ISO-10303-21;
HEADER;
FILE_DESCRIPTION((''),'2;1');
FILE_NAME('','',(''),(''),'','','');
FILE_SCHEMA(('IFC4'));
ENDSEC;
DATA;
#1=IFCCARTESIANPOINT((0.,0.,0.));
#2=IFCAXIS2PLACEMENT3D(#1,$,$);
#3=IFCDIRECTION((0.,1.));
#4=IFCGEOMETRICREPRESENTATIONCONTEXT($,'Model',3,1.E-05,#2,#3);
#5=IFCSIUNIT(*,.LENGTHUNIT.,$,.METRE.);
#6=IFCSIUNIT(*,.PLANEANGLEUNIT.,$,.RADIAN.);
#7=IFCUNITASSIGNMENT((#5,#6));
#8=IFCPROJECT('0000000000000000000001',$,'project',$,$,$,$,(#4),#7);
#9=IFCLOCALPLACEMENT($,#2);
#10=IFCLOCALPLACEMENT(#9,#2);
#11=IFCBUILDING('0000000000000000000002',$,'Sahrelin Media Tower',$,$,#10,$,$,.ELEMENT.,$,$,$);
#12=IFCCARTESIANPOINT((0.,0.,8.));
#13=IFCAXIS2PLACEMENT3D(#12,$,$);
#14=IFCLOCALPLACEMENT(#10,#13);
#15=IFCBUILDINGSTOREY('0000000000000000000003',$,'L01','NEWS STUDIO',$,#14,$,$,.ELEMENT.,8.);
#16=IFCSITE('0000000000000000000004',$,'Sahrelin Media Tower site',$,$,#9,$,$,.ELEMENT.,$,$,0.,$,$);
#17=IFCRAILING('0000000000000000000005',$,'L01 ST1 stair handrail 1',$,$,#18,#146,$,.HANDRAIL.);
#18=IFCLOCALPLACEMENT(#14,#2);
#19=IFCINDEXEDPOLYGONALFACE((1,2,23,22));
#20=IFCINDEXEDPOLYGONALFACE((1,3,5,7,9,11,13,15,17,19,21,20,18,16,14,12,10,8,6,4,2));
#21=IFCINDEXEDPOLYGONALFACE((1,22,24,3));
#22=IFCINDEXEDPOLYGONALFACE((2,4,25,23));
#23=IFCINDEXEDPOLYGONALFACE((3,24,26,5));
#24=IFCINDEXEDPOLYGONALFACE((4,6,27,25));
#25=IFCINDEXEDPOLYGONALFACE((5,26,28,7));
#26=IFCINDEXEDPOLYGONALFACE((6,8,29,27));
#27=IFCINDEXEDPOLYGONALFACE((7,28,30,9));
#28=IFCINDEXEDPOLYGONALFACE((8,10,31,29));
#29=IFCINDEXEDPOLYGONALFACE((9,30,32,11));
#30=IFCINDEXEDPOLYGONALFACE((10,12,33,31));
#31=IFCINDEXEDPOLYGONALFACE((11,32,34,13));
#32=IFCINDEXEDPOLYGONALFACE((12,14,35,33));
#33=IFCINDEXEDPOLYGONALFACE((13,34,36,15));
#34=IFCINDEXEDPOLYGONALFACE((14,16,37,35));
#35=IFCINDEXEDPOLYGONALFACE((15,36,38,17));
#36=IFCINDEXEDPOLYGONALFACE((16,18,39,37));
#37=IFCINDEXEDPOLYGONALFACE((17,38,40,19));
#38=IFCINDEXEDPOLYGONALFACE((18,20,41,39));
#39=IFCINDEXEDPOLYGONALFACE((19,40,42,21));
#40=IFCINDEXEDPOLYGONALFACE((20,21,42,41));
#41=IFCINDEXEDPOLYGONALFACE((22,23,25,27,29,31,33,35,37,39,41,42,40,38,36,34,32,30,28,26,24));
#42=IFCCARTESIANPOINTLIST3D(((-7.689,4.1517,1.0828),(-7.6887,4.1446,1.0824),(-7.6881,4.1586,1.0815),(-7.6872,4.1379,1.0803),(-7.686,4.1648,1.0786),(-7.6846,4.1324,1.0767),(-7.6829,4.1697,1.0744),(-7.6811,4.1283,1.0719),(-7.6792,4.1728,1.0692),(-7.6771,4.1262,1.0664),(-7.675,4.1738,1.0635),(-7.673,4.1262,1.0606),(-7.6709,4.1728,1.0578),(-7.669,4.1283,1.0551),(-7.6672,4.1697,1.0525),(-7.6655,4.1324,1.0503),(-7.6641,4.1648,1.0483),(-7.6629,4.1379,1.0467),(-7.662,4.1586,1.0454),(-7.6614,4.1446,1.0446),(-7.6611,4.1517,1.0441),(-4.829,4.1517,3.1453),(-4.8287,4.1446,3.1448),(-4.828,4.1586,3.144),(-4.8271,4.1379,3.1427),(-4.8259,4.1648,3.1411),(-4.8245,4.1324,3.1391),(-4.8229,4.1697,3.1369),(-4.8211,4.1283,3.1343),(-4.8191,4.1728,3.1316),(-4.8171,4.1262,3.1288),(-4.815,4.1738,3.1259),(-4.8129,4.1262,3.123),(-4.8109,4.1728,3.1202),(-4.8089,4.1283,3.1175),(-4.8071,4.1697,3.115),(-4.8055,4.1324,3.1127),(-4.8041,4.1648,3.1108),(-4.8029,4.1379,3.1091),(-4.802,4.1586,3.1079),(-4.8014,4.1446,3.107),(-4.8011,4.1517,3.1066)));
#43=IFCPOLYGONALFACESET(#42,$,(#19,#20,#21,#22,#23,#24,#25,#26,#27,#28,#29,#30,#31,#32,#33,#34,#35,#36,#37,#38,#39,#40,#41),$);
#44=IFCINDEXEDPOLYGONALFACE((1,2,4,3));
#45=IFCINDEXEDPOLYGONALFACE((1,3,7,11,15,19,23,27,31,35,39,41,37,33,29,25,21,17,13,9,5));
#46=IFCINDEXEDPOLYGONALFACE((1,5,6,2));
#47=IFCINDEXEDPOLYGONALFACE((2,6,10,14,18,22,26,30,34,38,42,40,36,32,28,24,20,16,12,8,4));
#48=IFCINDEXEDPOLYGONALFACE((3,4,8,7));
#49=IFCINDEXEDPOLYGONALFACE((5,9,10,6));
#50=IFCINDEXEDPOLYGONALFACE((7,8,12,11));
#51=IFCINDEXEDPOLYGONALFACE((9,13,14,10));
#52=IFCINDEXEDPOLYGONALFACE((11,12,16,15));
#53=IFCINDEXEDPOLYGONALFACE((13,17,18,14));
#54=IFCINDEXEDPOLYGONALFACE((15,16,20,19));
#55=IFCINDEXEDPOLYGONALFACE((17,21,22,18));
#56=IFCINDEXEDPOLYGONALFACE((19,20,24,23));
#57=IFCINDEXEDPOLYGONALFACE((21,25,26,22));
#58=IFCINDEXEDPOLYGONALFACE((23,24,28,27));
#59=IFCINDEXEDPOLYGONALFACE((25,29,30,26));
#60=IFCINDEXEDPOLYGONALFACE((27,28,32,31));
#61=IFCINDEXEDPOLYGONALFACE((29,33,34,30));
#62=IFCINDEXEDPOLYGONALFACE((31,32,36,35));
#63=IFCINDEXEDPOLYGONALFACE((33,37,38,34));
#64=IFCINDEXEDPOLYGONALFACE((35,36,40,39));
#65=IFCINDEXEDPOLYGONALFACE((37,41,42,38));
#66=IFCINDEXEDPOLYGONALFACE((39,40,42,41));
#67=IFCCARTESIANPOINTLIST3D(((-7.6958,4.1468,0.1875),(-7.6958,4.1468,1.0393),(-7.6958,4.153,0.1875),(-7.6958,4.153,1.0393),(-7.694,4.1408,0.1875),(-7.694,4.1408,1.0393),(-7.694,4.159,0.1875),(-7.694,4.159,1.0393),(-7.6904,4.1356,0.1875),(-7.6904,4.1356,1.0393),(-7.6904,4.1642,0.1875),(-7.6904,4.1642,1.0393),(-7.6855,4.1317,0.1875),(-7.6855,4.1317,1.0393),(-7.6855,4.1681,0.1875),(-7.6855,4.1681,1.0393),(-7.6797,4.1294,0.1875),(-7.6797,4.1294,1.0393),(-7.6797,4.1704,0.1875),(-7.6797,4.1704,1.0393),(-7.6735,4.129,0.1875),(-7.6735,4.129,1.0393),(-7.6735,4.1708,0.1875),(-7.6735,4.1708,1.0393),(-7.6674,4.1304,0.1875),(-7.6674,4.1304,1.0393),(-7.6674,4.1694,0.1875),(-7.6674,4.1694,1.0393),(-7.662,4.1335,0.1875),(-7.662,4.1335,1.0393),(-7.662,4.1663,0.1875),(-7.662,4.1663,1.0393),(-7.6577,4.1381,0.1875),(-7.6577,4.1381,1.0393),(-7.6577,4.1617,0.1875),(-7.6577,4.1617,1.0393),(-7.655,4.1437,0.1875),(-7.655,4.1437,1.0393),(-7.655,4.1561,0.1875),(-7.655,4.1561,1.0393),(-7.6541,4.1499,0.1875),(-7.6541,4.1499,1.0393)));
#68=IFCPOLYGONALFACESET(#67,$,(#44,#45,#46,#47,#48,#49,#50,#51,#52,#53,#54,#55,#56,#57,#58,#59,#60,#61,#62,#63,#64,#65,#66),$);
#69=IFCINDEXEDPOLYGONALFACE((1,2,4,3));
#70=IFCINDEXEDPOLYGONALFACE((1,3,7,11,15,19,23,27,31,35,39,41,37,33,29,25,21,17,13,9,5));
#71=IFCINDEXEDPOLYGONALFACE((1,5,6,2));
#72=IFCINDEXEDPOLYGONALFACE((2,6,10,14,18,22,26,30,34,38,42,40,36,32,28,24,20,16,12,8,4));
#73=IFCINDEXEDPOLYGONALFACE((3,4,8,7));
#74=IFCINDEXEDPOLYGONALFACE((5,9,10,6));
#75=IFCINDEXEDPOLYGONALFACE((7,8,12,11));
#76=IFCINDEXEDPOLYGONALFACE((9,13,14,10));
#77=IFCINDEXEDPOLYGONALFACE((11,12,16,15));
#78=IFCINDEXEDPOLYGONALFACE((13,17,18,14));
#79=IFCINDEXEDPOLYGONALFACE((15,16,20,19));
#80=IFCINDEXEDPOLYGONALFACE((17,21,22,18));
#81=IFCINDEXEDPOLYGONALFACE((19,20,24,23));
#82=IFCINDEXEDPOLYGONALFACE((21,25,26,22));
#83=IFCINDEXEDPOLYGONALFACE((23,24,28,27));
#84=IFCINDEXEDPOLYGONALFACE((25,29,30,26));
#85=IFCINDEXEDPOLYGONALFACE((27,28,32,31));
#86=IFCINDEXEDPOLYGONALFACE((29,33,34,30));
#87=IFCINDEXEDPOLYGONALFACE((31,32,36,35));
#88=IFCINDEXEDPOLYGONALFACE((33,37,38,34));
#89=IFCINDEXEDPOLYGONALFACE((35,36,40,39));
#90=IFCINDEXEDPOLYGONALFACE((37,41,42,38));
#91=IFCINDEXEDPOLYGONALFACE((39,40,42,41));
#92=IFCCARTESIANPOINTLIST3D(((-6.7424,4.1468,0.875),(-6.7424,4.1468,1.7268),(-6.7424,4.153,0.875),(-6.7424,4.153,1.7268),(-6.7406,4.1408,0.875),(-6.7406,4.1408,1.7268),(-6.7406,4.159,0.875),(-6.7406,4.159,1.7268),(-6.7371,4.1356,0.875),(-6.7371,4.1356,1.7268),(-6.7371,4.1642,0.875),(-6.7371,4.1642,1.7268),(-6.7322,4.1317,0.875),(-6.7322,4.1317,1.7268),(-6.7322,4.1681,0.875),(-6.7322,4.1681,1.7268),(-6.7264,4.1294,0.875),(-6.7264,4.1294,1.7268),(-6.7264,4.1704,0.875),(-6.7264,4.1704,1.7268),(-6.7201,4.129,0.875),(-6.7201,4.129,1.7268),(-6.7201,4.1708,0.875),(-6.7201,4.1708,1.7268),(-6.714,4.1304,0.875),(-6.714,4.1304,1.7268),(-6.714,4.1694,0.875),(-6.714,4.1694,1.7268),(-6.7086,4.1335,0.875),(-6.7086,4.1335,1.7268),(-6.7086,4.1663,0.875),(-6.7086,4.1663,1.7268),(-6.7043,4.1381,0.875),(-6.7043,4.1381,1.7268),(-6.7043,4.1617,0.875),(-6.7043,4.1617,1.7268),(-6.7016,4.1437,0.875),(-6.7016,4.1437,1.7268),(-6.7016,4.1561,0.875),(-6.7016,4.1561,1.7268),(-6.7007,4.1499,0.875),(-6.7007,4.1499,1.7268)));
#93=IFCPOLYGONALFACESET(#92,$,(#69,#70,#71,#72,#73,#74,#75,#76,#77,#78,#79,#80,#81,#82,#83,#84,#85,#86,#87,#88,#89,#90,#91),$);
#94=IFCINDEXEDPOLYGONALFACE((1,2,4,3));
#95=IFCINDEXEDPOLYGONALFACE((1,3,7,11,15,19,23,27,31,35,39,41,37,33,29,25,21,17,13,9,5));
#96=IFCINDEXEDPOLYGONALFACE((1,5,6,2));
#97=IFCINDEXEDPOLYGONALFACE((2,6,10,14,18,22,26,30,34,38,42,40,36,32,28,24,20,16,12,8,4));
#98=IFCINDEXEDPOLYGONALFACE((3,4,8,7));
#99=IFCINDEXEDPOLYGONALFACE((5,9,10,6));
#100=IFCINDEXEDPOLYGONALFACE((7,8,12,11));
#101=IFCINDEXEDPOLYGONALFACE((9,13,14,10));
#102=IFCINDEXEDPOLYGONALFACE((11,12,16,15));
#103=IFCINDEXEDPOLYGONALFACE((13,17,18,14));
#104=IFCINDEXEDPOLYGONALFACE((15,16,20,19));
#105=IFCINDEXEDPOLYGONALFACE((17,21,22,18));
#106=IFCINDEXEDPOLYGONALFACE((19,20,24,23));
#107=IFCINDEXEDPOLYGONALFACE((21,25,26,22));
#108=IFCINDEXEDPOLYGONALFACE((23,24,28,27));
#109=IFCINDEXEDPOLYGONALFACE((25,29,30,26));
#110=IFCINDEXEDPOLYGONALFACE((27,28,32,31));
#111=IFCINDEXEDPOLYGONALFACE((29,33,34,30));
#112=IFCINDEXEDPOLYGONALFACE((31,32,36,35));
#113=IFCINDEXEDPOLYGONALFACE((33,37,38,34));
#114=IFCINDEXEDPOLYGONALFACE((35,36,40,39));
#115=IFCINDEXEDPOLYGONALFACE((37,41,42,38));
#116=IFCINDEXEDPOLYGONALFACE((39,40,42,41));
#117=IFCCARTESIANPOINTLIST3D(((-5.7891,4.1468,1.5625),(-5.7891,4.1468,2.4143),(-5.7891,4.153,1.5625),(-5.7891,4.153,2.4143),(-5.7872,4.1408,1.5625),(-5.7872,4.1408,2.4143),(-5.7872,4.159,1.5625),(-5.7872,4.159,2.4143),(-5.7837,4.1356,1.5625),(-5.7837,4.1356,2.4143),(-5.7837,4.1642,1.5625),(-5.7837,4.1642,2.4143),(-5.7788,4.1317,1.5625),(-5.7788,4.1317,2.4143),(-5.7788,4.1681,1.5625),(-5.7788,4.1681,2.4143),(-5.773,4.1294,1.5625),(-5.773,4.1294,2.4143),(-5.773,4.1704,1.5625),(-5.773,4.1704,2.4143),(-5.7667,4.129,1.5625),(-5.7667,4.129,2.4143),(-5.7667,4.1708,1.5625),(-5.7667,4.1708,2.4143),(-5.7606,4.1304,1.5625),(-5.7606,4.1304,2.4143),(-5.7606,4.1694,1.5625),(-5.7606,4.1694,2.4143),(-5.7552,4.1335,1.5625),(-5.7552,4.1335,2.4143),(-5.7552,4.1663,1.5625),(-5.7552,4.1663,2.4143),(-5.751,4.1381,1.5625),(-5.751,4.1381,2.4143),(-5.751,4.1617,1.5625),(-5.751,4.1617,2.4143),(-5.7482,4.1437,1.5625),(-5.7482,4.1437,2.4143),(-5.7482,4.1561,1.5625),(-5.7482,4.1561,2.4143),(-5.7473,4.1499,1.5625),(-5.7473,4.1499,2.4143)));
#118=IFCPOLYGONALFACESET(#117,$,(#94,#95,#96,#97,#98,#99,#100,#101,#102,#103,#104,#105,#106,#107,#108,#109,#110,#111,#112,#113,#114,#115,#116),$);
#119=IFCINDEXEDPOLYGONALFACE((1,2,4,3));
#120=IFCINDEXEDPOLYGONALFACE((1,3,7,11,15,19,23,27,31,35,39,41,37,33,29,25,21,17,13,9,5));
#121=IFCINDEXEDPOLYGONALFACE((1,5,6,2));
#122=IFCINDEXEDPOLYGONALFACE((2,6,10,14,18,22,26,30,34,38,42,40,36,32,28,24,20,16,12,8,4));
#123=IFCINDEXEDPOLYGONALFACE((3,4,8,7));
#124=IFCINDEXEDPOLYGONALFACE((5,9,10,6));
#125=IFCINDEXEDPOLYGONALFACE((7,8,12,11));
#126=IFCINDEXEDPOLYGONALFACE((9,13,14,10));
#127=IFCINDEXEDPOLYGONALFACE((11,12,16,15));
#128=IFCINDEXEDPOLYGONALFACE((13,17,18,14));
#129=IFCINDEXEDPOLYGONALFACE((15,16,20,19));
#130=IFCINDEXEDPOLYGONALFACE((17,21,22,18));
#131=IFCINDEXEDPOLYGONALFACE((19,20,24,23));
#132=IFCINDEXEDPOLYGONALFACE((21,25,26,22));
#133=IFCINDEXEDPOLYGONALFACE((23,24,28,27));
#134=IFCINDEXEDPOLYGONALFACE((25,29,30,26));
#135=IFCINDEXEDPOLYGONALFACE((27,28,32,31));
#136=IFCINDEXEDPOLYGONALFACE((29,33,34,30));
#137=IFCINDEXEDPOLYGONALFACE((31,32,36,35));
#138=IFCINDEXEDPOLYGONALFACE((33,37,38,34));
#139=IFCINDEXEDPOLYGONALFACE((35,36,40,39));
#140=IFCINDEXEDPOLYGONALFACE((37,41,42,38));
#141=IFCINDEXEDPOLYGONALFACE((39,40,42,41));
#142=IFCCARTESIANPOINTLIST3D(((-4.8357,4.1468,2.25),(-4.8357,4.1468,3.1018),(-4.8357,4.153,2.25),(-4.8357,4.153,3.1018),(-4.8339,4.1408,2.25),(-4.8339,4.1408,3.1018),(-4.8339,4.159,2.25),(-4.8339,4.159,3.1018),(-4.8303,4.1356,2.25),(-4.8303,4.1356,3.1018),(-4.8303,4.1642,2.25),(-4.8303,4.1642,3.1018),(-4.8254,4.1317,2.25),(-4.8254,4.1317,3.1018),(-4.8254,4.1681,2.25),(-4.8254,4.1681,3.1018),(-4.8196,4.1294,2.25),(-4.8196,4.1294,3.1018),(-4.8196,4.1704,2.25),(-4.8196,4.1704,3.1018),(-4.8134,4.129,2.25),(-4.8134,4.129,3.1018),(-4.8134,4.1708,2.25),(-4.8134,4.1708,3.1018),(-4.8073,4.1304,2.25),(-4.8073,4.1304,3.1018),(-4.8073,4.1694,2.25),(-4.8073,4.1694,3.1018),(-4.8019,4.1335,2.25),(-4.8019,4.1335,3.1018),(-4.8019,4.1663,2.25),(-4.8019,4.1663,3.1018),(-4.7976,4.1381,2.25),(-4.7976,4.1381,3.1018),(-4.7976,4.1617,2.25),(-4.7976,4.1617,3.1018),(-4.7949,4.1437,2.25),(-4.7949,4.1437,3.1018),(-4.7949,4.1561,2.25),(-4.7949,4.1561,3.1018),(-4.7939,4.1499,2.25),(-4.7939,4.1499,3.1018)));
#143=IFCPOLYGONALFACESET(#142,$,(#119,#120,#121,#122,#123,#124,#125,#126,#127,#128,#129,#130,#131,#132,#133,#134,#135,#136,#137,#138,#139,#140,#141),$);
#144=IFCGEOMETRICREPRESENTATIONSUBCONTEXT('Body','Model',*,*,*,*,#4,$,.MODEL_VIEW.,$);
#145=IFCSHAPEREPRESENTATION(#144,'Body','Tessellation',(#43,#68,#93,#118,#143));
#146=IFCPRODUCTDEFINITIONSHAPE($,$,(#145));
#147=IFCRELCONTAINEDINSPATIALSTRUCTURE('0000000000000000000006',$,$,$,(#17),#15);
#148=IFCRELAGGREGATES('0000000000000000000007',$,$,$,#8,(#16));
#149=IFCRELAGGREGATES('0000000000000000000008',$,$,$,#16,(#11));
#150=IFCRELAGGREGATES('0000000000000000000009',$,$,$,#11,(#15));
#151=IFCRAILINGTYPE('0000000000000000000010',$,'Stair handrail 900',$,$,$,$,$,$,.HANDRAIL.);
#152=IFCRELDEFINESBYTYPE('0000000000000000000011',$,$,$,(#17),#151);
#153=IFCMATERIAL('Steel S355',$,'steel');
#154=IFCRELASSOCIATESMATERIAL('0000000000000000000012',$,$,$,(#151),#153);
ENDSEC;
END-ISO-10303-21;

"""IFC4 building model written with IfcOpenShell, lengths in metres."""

from ifc_helpers import new_model, si_unit, direction, frame, origin, origin_2d, place, context, subcontext, project, spatial, circle, extrude, material, type_object, element, save


model = new_model("IFC4")

# Units and contexts
model_context = context("Model", 3, precision=1e-05, world=origin(), true_north=direction((0.0, 1.0)))
body_context = subcontext(model_context, "Body", "Model", "MODEL_VIEW")
ifc_project = project(units=[si_unit("LENGTHUNIT", "METRE"), si_unit("PLANEANGLEUNIT", "RADIAN")], contexts=[model_context])

# Site, building, storey
site_placement = place(None, origin())
site = spatial("IfcSite", under=ifc_project, at=site_placement, Name="Sahrelin Media Tower site", CompositionType="ELEMENT", RefElevation=0.0)
building_placement = place(site_placement, origin())
building = spatial("IfcBuilding", under=site, at=building_placement, Name="Sahrelin Media Tower", CompositionType="ELEMENT")
storey_placement = place(building_placement, frame((0.0, 0.0, 8.0)))
storey = spatial("IfcBuildingStorey", under=building, at=storey_placement, Name="L01", Description="NEWS STUDIO", CompositionType="ELEMENT", Elevation=8.0)

# Railing
ifc_material_1 = material(Name="Steel S355", Category="steel")
railing_type_1 = type_object("IfcRailingType", Name="Stair handrail 900", PredefinedType="HANDRAIL", material=ifc_material_1)
for number, where, name in (
    (1, (-7.675, 4.1499, 0.1875), "L01 ST1 stair handrail 1"),
):
    element("IfcRailing", number, at=place(storey_placement, frame(where)), inside=storey, type_object=railing_type_1, Name=name, PredefinedType="HANDRAIL", context=body_context, shape_type="SweptSolid", body=[
        extrude(circle(Radius=0.0239, at=origin_2d()), frame((0.0, 0.0, 0.876), z_axis=(0.811101, 0.0, 0.584906), x_axis=(0.0, 1.0, 0.0)), (0.0, 0.0, 1.0), 3.5261),
        extrude(circle(Radius=0.021, at=origin_2d()), origin(), (0.0, 0.0, 1.0), 0.8518),
        extrude(circle(Radius=0.021, at=origin_2d()), frame((0.9534, 0.0, 0.6875)), (0.0, 0.0, 1.0), 0.8518),
        extrude(circle(Radius=0.021, at=origin_2d()), frame((1.9067, 0.0, 1.375)), (0.0, 0.0, 1.0), 0.8518),
        extrude(circle(Radius=0.021, at=origin_2d()), frame((2.8601, 0.0, 2.0625)), (0.0, 0.0, 1.0), 0.8518),
    ])

save(model, "model.ifc")
